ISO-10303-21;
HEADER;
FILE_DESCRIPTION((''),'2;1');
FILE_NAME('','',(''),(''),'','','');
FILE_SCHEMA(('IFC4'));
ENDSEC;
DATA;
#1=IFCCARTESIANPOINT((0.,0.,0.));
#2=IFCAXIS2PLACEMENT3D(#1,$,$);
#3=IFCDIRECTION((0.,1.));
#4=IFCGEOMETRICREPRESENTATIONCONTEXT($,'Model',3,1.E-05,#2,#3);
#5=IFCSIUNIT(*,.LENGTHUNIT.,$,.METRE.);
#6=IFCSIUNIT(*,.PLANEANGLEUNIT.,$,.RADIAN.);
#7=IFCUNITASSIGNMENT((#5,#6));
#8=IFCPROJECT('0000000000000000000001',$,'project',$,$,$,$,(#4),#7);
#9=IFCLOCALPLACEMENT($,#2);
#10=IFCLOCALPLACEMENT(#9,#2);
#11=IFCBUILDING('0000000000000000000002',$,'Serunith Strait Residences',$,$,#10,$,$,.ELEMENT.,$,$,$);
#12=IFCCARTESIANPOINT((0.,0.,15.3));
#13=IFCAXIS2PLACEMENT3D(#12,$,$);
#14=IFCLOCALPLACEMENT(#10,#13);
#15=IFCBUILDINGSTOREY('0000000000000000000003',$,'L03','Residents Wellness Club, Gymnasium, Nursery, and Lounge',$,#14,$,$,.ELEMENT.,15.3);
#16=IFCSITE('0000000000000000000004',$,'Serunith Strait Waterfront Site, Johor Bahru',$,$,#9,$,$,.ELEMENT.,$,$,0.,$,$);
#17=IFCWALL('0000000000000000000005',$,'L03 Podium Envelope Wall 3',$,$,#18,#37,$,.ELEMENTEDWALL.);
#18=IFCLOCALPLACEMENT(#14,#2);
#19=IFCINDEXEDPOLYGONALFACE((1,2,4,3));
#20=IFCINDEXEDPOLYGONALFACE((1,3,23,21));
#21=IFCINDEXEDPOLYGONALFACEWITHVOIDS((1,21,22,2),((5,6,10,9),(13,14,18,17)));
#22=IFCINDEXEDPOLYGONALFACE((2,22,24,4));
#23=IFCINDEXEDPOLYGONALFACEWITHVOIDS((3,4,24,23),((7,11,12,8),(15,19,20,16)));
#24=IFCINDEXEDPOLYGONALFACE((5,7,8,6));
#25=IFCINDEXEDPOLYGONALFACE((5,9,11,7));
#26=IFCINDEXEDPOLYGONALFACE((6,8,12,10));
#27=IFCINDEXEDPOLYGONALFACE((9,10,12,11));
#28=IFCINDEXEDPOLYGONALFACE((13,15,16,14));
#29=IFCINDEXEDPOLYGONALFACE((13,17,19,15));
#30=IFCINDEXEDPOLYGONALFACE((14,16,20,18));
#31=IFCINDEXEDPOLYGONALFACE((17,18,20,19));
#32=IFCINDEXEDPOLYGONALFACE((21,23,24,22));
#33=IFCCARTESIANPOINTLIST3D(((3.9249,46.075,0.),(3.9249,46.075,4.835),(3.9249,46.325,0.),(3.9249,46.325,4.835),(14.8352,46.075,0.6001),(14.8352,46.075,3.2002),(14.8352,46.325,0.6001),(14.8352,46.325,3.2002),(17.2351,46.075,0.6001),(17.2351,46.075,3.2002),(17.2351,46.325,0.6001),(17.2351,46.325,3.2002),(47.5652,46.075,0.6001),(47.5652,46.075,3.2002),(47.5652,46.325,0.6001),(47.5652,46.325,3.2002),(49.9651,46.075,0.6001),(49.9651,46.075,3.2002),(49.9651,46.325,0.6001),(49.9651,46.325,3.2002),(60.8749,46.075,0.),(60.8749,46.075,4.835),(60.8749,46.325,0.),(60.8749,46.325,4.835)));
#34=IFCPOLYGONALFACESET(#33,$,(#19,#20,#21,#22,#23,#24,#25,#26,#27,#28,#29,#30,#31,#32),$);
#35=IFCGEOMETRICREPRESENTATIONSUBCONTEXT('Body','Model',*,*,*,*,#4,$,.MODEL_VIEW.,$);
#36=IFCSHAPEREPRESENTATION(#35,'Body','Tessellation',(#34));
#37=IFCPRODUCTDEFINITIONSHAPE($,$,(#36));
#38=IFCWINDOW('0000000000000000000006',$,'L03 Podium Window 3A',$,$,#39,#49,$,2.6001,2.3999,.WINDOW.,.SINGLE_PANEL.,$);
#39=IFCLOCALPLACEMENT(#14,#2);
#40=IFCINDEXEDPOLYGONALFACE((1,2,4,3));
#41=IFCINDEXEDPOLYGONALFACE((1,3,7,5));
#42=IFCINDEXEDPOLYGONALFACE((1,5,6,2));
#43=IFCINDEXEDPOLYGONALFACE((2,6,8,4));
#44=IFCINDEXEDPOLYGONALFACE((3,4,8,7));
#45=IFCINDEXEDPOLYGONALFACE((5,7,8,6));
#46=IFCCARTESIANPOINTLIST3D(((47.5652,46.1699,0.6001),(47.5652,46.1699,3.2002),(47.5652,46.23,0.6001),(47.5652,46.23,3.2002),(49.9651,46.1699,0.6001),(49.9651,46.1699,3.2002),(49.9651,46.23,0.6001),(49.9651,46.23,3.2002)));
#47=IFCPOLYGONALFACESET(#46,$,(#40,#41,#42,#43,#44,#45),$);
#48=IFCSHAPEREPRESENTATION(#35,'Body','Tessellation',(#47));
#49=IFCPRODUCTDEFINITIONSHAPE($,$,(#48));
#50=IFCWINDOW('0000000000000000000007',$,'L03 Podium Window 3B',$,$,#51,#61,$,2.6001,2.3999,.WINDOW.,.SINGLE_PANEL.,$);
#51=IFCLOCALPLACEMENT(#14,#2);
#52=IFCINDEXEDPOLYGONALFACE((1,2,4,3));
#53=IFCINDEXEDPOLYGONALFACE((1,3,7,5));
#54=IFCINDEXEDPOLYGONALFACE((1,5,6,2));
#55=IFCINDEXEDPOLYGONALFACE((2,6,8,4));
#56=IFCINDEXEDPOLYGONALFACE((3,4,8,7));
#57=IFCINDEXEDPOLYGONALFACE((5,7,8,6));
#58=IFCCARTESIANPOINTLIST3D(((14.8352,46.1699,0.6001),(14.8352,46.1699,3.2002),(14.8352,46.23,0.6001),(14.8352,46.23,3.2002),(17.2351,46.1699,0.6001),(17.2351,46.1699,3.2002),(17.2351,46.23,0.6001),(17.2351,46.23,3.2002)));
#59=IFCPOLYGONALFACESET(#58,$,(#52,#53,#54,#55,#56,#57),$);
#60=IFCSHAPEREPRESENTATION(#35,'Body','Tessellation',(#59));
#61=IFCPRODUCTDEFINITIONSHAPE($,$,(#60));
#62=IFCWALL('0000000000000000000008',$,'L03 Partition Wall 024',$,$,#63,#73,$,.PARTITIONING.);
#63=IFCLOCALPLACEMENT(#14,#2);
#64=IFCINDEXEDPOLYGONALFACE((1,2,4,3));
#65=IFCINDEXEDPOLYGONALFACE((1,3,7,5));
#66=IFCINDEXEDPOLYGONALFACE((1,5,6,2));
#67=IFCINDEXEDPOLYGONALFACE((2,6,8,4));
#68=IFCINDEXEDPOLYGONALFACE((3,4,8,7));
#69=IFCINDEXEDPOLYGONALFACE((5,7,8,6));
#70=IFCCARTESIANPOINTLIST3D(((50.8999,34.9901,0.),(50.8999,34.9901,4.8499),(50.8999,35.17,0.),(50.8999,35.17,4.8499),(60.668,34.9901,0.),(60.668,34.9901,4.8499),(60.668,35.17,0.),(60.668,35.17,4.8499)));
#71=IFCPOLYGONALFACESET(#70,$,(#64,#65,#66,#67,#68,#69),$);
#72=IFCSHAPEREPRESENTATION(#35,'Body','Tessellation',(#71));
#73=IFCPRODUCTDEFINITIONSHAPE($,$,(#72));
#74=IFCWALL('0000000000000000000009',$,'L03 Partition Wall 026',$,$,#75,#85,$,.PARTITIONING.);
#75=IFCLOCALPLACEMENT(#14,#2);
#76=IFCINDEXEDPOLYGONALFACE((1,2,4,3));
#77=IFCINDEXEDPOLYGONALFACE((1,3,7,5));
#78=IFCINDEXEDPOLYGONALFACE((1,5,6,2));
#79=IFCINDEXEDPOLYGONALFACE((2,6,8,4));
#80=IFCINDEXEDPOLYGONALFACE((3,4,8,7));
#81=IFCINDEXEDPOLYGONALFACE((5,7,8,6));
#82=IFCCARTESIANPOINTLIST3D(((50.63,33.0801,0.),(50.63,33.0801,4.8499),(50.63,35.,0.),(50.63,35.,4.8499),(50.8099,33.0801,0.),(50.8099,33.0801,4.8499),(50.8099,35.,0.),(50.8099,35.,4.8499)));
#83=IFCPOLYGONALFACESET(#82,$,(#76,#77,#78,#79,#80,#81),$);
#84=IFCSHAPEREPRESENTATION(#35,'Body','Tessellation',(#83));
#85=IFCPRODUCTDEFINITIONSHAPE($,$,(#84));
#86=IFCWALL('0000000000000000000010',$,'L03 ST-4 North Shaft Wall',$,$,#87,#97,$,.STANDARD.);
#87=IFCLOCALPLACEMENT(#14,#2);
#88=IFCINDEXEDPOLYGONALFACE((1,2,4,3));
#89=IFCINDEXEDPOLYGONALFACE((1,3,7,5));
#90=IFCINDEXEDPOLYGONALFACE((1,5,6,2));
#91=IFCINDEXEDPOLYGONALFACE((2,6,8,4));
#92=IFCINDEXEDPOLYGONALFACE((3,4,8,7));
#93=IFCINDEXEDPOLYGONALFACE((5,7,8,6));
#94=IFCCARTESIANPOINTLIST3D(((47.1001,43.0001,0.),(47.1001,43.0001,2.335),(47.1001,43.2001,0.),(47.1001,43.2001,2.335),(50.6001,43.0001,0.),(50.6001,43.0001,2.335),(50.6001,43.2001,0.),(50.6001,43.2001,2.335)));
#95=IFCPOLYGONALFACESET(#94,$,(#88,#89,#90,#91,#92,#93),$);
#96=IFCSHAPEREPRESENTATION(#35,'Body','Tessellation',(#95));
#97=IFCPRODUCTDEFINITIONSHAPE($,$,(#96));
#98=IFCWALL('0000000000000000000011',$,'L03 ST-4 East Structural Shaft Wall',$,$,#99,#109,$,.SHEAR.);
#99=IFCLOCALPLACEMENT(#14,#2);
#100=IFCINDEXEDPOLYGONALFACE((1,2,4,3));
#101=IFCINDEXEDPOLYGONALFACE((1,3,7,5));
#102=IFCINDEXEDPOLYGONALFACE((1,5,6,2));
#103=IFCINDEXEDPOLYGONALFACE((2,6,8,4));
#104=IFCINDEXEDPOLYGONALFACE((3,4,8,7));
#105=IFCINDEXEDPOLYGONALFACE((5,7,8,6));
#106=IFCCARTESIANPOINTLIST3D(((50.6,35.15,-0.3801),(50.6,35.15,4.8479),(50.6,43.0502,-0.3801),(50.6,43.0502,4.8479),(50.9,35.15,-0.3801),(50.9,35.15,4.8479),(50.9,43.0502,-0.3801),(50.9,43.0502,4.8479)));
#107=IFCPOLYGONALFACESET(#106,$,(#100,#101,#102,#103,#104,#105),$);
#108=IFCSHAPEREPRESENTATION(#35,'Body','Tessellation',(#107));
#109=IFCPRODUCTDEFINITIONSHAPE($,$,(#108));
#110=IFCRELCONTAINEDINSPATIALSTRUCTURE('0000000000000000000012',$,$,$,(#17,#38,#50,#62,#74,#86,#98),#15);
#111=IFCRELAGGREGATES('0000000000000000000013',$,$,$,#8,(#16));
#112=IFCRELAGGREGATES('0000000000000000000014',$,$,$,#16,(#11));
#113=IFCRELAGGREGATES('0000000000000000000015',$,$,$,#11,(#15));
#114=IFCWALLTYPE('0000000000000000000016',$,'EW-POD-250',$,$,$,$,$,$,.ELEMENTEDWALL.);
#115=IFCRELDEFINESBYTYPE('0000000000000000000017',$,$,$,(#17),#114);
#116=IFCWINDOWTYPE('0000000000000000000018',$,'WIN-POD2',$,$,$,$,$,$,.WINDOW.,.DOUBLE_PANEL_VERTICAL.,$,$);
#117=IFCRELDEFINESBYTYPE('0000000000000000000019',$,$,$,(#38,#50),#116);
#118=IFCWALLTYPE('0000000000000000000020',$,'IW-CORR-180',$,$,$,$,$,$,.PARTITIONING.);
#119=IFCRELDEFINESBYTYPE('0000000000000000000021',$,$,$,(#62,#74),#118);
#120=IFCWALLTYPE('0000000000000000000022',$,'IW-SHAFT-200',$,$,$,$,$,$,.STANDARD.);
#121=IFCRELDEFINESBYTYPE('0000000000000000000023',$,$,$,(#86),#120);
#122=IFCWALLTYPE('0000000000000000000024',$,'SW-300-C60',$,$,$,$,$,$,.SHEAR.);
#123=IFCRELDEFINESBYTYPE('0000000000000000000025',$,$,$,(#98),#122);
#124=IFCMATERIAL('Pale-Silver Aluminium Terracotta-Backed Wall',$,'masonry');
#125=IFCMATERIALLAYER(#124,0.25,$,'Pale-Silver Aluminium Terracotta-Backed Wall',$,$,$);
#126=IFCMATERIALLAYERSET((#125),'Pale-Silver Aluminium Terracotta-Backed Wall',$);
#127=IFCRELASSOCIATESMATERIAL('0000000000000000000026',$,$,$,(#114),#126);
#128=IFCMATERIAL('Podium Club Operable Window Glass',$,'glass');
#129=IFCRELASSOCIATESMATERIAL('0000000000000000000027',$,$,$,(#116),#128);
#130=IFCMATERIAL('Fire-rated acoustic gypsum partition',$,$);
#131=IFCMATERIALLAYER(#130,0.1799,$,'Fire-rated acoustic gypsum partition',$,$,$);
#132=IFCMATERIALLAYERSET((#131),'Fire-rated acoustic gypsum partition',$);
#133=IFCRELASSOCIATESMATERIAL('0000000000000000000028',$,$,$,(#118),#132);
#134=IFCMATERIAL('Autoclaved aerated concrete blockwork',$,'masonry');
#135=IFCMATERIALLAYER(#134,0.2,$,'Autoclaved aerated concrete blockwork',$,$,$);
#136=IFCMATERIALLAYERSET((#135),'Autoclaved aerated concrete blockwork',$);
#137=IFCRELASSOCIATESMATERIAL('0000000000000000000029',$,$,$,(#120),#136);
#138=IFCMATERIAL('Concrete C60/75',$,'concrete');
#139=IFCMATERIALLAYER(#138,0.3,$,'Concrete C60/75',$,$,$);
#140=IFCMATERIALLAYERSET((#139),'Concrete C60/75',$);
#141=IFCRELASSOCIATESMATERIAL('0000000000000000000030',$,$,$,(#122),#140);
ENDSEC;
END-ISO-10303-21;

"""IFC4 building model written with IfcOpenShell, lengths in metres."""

from ifc_helpers import new_model, si_unit, direction, frame, frame_2d, origin, place, context, subcontext, project, spatial, rectangle, extrude, source, transform, mapped, material, layer, layer_set, type_object, element, fill, save


model = new_model("IFC4")

# Units and contexts
model_context = context("Model", 3, precision=1e-05, world=origin(), true_north=direction((0.0, 1.0)))
body_context = subcontext(model_context, "Body", "Model", "MODEL_VIEW")
ifc_project = project(units=[si_unit("LENGTHUNIT", "METRE"), si_unit("PLANEANGLEUNIT", "RADIAN")], contexts=[model_context])

# Site, building, storey
site_placement = place(None, origin())
site = spatial("IfcSite", under=ifc_project, at=site_placement, Name="Serunith Strait Waterfront Site, Johor Bahru", CompositionType="ELEMENT", RefElevation=0.0)
building_placement = place(site_placement, origin())
building = spatial("IfcBuilding", under=site, at=building_placement, Name="Serunith Strait Residences", CompositionType="ELEMENT")
storey_placement = place(building_placement, frame((0.0, 0.0, 15.3)))
storey = spatial("IfcBuildingStorey", under=building, at=storey_placement, Name="L03", Description="Residents Wellness Club, Gymnasium, Nursery, and Lounge", CompositionType="ELEMENT", Elevation=15.3)

# Shared definitions
ifc_material_1 = material(Name="Concrete C60/75", Category="concrete")

# Wall, openings, windows
ifc_material_2 = material(Name="Pale-Silver Aluminium Terracotta-Backed Wall", Category="masonry")
ifc_layer_1 = layer(ifc_material_2, 0.25, Name="Pale-Silver Aluminium Terracotta-Backed Wall")
ifc_layer_set_1 = layer_set([ifc_layer_1], Name="Pale-Silver Aluminium Terracotta-Backed Wall")
wall_type_1 = type_object("IfcWallType", Name="EW-POD-250", PredefinedType="ELEMENTEDWALL", material=ifc_layer_set_1)
wall_1_placement = place(storey_placement, frame((60.875, 46.2, 0.0), z_axis=(0.0, 0.0, 1.0), x_axis=(-1.0, 0.0, 0.0)))
wall_1 = element("IfcWall", 1, at=wall_1_placement, inside=storey, type_object=wall_type_1, Name="L03 Podium Envelope Wall 3", PredefinedType="ELEMENTEDWALL", context=body_context, shape_type="SweptSolid", body=[
    extrude(rectangle(XDim=56.95, YDim=0.25, at=frame_2d((28.4751, 0.0))), origin(), (0.0, 0.0, 1.0), 4.835),
])
opening_1_placement = place(wall_1_placement, frame((10.9099, 0.0, 0.6001)))
opening_1 = element("IfcOpeningElement", 2, at=opening_1_placement, cuts=wall_1, PredefinedType="OPENING", context=body_context, shape_type="SweptSolid", body=[
    extrude(rectangle(XDim=2.3999, YDim=2.6001, at=frame_2d((1.2, 1.3))), frame((0.0, 0.135, 0.0), z_axis=(0.0, -1.0, 0.0), x_axis=(1.0, 0.0, 0.0)), (0.0, 0.0, 1.0), 0.27),
])
opening_2_placement = place(wall_1_placement, frame((43.6399, 0.0, 0.6001)))
opening_2 = element("IfcOpeningElement", 3, at=opening_2_placement, cuts=wall_1, PredefinedType="OPENING", context=body_context, shape_type="SweptSolid", body=[
    extrude(rectangle(XDim=2.3999, YDim=2.6001, at=frame_2d((1.2, 1.3))), frame((0.0, 0.135, 0.0), z_axis=(0.0, -1.0, 0.0), x_axis=(1.0, 0.0, 0.0)), (0.0, 0.0, 1.0), 0.27),
])
ifc_material_3 = material(Name="Podium Club Operable Window Glass", Category="glass")
window_type = type_object("IfcWindowType", Name="WIN-POD2", PartitioningType="DOUBLE_PANEL_VERTICAL", PredefinedType="WINDOW", material=ifc_material_3)
shared_shape_1 = source(origin(), body_context, "Body", "SweptSolid", [
    extrude(rectangle(XDim=2.3999, YDim=2.6001, at=frame_2d((1.2, 1.3))), frame((0.0, 0.03, 0.0), z_axis=(0.0, -1.0, 0.0), x_axis=(1.0, 0.0, 0.0)), (0.0, 0.0, 1.0), 0.0601),
])
window_1_placement = place(opening_1_placement, origin())
window_1 = element("IfcWindow", 4, at=window_1_placement, inside=storey, type_object=window_type, Name="L03 Podium Window 3A", OverallHeight=2.6001, OverallWidth=2.3999, PartitioningType="SINGLE_PANEL", PredefinedType="WINDOW", context=body_context, shape_type="MappedRepresentation", body=[
    mapped(shared_shape_1, transform((0.0, 0.0, 0.0), scale=1.0)),
])
fill(opening_1, window_1)
window_2_placement = place(opening_2_placement, origin())
window_2 = element("IfcWindow", 5, at=window_2_placement, inside=storey, type_object=window_type, Name="L03 Podium Window 3B", OverallHeight=2.6001, OverallWidth=2.3999, PartitioningType="SINGLE_PANEL", PredefinedType="WINDOW", context=body_context, shape_type="MappedRepresentation", body=[
    mapped(shared_shape_1, transform((0.0, 0.0, 0.0), scale=1.0)),
])
fill(opening_2, window_2)

# Walls
ifc_material_4 = material(Name="Fire-rated acoustic gypsum partition")
ifc_layer_2 = layer(ifc_material_4, 0.1799, Name="Fire-rated acoustic gypsum partition")
ifc_layer_set_2 = layer_set([ifc_layer_2], Name="Fire-rated acoustic gypsum partition")
wall_type_2 = type_object("IfcWallType", Name="IW-CORR-180", PredefinedType="PARTITIONING", material=ifc_layer_set_2)
wall_2_placement = place(storey_placement, frame((50.8999, 35.0801, 0.0), z_axis=(0.0, 0.0, 1.0), x_axis=(1.0, 0.0, 0.0)))
element("IfcWall", 6, at=wall_2_placement, inside=storey, type_object=wall_type_2, Name="L03 Partition Wall 024", PredefinedType="PARTITIONING", context=body_context, shape_type="SweptSolid", body=[
    extrude(rectangle(XDim=9.7681, YDim=0.1799, at=frame_2d((4.884, 0.0))), origin(), (0.0, 0.0, 1.0), 4.8499),
])
wall_3_placement = place(storey_placement, frame((50.72, 33.0801, 0.0), z_axis=(0.0, 0.0, 1.0), x_axis=(0.0, 1.0, 0.0)))
element("IfcWall", 7, at=wall_3_placement, inside=storey, type_object=wall_type_2, Name="L03 Partition Wall 026", PredefinedType="PARTITIONING", context=body_context, shape_type="SweptSolid", body=[
    extrude(rectangle(XDim=1.9199, YDim=0.1799, at=frame_2d((0.96, 0.0))), origin(), (0.0, 0.0, 1.0), 4.8499),
])

# Shared definitions
ifc_material_5 = material(Name="Autoclaved aerated concrete blockwork", Category="masonry")
ifc_layer_3 = layer(ifc_material_5, 0.2, Name="Autoclaved aerated concrete blockwork")
ifc_layer_set_3 = layer_set([ifc_layer_3], Name="Autoclaved aerated concrete blockwork")
wall_type_3 = type_object("IfcWallType", Name="IW-SHAFT-200", PredefinedType="STANDARD", material=ifc_layer_set_3)

# Walls
wall_4_placement = place(storey_placement, frame((47.1001, 43.1001, 0.0), z_axis=(0.0, 0.0, 1.0), x_axis=(1.0, 0.0, 0.0)))
element("IfcWall", 8, at=wall_4_placement, inside=storey, type_object=wall_type_3, Name="L03 ST-4 North Shaft Wall", PredefinedType="STANDARD", context=body_context, shape_type="SweptSolid", body=[
    extrude(rectangle(XDim=3.5, YDim=0.2, at=frame_2d((1.75, 0.0))), origin(), (0.0, 0.0, 1.0), 2.335),
])
ifc_layer_4 = layer(ifc_material_1, 0.3, Name="Concrete C60/75")
ifc_layer_set_4 = layer_set([ifc_layer_4], Name="Concrete C60/75")
wall_type_4 = type_object("IfcWallType", Name="SW-300-C60", PredefinedType="SHEAR", material=ifc_layer_set_4)
wall_5_placement = place(storey_placement, frame((50.75, 35.1499, -0.3801), z_axis=(0.0, 0.0, 1.0), x_axis=(0.0, 1.0, 0.0)))
element("IfcWall", 9, at=wall_5_placement, inside=storey, type_object=wall_type_4, Name="L03 ST-4 East Structural Shaft Wall", PredefinedType="SHEAR", context=body_context, shape_type="SweptSolid", body=[
    extrude(rectangle(XDim=7.9001, YDim=0.3, at=frame_2d((3.9502, 0.0))), origin(), (0.0, 0.0, 1.0), 5.228),
])

save(model, "model.ifc")
